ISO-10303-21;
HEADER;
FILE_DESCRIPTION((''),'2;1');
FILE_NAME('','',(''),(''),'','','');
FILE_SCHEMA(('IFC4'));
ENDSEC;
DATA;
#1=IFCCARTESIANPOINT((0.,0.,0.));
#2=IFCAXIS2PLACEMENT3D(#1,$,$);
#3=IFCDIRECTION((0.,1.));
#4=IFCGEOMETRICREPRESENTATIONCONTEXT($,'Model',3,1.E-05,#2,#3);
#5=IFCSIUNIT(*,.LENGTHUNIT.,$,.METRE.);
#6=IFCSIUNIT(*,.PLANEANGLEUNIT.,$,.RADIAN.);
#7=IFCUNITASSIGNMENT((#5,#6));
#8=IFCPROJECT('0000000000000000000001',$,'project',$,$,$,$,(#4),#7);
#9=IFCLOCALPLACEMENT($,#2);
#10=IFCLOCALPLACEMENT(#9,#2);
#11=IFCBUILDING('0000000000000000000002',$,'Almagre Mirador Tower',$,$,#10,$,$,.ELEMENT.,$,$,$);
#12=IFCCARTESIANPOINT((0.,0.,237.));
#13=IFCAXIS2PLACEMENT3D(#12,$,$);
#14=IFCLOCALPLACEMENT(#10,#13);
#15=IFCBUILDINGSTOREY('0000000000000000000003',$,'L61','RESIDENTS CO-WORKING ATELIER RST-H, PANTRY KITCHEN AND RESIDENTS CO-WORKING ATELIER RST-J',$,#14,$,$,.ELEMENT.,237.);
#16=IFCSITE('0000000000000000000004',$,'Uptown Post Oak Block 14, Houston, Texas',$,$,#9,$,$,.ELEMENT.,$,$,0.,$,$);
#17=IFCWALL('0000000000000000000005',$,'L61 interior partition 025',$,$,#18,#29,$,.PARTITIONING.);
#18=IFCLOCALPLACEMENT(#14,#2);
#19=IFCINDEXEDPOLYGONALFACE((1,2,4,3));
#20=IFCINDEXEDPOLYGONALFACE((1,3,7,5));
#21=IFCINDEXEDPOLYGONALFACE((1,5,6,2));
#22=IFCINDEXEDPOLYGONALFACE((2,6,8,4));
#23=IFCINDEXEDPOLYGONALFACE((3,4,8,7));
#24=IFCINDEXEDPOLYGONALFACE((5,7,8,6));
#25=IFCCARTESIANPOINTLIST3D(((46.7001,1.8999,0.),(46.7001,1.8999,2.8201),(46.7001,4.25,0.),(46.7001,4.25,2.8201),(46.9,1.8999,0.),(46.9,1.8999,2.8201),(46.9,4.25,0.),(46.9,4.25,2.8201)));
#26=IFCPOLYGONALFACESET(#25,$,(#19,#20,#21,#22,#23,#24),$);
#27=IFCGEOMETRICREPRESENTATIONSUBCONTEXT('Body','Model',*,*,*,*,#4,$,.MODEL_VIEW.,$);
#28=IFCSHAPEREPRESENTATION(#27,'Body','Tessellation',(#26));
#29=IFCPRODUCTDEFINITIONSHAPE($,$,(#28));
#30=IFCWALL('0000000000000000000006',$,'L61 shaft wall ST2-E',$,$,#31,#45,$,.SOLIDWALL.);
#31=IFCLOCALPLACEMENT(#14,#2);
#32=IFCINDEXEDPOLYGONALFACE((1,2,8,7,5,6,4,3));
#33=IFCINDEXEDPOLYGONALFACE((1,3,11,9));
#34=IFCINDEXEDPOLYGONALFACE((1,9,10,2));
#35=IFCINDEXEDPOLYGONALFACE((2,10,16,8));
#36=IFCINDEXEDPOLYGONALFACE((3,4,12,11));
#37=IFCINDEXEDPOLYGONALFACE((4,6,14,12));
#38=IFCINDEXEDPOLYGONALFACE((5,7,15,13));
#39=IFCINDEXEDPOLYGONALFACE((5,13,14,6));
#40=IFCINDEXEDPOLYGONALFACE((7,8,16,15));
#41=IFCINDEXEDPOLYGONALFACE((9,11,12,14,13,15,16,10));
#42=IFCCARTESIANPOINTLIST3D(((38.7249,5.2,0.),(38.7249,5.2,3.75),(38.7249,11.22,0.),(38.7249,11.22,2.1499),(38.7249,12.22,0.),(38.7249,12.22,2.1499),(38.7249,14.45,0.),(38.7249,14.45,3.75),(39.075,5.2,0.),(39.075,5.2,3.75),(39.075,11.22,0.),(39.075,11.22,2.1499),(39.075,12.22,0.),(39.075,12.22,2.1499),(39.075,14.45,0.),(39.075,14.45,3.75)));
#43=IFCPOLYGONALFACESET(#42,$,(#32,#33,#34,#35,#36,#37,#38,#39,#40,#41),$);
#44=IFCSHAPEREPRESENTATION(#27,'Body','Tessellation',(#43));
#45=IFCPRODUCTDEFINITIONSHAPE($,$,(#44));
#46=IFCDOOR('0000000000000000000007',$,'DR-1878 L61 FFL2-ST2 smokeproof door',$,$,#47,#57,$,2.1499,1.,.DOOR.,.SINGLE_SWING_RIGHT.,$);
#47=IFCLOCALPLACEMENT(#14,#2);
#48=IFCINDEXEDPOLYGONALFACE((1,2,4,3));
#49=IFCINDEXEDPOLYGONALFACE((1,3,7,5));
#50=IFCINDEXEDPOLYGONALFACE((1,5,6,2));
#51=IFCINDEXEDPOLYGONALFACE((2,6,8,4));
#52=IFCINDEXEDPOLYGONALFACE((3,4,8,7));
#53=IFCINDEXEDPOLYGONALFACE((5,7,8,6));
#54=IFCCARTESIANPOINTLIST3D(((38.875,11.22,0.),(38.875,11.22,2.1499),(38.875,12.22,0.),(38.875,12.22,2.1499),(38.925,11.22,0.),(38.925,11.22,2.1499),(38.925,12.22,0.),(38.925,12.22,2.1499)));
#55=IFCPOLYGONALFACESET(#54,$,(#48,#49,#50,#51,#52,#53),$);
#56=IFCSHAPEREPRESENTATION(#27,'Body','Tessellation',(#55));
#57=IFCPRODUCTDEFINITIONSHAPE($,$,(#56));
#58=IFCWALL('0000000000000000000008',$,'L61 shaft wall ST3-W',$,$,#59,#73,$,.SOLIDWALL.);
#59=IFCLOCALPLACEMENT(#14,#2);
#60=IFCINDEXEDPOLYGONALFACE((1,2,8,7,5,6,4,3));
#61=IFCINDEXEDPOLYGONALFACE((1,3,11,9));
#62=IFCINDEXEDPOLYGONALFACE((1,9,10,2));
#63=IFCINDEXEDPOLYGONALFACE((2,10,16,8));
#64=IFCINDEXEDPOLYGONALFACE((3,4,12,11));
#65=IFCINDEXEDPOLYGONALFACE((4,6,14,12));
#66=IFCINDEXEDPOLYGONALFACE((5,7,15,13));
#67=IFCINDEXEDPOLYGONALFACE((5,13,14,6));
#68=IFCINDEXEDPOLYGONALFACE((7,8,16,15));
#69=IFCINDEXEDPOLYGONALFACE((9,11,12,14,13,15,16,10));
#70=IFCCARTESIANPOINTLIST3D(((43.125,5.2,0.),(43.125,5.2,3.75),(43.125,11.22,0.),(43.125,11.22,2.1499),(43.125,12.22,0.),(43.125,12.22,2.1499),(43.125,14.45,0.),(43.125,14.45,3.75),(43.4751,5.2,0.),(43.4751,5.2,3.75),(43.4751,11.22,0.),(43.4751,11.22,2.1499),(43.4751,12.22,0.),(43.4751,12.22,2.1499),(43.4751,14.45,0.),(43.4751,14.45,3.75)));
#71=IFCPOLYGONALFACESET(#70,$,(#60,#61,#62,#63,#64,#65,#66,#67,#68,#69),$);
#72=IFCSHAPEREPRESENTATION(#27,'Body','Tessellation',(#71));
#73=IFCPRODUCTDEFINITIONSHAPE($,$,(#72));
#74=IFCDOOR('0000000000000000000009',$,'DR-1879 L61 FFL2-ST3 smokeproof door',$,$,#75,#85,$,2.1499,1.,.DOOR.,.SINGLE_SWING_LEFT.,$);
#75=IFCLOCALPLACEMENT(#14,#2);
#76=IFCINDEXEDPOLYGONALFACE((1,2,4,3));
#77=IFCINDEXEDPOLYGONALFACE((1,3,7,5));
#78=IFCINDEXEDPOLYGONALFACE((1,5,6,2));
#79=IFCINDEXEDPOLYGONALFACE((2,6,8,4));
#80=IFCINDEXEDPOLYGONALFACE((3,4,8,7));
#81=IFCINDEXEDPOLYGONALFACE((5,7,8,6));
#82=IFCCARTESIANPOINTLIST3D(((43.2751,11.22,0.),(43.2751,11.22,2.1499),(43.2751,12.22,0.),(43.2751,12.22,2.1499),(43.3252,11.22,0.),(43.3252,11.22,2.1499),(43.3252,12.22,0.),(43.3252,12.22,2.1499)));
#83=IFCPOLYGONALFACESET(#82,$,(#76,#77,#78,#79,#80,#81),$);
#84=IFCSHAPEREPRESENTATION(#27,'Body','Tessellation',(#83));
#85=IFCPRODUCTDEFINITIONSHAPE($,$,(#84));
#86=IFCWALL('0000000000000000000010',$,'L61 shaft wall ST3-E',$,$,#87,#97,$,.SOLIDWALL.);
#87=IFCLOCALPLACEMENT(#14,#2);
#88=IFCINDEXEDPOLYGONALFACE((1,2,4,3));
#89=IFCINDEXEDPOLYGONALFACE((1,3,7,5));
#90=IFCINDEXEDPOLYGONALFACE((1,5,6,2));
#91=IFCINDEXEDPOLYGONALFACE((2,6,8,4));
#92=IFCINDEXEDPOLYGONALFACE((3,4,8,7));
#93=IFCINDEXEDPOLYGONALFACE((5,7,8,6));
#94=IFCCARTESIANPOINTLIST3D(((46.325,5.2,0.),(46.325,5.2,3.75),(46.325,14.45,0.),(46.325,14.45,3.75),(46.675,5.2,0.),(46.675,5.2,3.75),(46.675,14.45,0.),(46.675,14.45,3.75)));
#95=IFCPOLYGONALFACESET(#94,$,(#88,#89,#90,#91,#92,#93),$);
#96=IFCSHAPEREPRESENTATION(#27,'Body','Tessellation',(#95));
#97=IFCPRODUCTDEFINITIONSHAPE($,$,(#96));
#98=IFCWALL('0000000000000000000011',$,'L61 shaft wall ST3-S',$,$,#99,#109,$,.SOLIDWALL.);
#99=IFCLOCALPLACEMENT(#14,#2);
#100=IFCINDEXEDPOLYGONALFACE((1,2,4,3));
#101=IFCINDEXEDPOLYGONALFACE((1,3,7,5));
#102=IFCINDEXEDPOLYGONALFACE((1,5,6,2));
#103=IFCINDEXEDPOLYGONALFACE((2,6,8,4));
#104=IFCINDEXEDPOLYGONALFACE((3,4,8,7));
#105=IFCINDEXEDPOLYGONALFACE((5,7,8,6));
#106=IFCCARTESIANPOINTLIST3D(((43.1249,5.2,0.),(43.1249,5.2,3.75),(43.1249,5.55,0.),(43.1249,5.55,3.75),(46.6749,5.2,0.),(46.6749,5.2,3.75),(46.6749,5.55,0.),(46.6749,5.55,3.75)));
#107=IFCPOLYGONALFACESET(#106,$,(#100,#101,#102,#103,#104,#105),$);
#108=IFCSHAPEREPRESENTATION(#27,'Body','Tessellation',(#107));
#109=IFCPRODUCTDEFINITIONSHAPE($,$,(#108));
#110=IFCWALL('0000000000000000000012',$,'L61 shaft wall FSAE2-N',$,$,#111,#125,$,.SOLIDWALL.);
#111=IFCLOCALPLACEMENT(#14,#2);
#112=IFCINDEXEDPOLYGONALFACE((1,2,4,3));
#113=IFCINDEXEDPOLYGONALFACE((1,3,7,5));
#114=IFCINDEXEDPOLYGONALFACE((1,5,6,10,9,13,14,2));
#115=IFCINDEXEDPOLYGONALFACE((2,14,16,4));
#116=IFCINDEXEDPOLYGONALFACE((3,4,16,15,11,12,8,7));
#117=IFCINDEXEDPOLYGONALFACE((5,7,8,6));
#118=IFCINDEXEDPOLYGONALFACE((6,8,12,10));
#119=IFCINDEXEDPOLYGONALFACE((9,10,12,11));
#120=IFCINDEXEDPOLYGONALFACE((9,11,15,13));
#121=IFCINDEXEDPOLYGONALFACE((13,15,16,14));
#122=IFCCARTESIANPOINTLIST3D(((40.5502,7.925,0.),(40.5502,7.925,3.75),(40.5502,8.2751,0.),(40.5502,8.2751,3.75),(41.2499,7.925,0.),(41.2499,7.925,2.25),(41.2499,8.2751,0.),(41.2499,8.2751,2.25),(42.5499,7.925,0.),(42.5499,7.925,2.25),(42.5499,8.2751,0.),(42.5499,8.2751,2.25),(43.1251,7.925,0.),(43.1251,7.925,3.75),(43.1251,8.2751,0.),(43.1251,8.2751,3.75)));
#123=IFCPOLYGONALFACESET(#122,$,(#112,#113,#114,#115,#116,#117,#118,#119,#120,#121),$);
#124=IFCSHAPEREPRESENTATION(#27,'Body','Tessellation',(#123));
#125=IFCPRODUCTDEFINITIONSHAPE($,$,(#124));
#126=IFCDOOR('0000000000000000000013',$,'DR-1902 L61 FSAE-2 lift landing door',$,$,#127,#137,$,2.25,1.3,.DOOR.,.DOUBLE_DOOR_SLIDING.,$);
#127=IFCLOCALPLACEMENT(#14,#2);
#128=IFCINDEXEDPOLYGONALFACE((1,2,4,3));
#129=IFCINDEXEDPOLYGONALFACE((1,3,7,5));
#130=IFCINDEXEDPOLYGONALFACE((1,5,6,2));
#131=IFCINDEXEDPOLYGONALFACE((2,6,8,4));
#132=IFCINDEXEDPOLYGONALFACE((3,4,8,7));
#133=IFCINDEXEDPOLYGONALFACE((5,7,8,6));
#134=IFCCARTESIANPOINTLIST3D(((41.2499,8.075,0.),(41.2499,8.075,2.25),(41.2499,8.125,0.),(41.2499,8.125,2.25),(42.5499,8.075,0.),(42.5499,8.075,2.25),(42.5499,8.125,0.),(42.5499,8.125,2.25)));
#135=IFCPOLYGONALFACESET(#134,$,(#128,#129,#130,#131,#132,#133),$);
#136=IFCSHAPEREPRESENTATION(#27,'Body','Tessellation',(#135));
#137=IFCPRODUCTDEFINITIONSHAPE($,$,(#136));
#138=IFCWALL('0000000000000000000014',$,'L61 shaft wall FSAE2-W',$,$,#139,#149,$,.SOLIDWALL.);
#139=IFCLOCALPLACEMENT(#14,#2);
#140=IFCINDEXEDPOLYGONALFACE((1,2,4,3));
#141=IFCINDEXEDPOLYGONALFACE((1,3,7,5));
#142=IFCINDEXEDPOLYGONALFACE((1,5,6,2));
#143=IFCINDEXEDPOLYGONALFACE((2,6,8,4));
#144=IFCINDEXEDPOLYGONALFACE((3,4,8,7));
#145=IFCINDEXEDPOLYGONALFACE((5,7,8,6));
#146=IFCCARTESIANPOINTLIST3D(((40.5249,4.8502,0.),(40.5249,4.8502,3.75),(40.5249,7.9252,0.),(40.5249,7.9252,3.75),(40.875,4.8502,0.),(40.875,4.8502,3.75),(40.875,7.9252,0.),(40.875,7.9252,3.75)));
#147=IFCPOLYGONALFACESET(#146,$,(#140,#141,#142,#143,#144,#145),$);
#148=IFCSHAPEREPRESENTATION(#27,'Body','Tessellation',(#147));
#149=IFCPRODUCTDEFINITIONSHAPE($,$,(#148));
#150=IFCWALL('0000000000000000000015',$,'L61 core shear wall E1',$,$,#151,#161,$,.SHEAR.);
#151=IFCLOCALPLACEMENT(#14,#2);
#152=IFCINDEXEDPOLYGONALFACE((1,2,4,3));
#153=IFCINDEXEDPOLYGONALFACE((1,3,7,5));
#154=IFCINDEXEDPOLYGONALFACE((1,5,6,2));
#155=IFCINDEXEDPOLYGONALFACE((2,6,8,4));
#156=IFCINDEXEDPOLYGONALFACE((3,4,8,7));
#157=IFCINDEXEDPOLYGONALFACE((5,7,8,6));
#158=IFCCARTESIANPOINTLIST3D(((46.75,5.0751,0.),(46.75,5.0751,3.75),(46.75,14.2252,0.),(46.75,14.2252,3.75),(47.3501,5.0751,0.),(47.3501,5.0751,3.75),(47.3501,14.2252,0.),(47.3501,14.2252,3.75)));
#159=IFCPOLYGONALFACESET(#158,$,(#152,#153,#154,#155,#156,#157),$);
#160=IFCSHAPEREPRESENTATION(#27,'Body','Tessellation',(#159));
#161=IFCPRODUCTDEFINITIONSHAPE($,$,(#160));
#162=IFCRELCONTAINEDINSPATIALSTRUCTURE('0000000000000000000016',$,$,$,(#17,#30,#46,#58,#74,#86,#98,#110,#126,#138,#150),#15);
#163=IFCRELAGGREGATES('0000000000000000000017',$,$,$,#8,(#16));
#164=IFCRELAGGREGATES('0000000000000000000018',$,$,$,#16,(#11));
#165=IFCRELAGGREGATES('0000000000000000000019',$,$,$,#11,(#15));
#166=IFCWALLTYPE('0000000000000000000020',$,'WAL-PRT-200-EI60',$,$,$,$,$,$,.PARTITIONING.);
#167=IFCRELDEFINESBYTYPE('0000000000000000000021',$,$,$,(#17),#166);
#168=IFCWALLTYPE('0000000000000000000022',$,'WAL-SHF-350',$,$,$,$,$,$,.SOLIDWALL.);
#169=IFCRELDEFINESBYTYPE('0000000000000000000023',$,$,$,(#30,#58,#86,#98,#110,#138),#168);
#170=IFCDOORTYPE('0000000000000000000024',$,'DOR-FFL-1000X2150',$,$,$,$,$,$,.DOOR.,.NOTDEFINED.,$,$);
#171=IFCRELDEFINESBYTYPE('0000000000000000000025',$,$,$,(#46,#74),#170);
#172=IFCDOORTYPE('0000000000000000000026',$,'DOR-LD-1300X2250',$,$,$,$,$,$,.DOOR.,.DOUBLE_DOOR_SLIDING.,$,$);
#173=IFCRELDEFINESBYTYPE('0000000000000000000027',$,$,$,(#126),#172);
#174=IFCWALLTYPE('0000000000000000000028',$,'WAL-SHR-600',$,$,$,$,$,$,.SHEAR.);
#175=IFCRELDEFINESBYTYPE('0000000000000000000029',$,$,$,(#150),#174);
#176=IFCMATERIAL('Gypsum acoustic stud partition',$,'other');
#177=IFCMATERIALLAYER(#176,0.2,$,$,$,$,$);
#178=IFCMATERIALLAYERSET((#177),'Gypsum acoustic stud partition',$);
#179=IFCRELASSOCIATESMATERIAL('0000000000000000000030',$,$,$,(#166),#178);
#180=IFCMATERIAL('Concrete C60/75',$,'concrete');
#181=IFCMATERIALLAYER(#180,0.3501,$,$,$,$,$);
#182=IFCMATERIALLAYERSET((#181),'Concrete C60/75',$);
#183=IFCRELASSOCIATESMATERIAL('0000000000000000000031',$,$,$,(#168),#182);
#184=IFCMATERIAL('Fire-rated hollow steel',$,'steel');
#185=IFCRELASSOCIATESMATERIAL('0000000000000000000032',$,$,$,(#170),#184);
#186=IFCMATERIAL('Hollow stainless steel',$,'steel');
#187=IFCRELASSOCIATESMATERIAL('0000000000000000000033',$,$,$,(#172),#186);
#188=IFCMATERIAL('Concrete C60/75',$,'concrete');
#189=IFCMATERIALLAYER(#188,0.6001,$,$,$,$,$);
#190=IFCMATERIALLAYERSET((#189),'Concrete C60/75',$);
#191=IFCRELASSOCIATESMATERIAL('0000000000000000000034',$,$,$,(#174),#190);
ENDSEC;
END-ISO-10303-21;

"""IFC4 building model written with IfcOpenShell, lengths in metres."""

from ifc_helpers import new_model, si_unit, direction, frame, frame_2d, origin, place, context, subcontext, project, spatial, rectangle, extrude, material, layer, layer_set, type_object, element, fill, save


model = new_model("IFC4")

# Units and contexts
model_context = context("Model", 3, precision=1e-05, world=origin(), true_north=direction((0.0, 1.0)))
body_context = subcontext(model_context, "Body", "Model", "MODEL_VIEW")
ifc_project = project(units=[si_unit("LENGTHUNIT", "METRE"), si_unit("PLANEANGLEUNIT", "RADIAN")], contexts=[model_context])

# Site, building, storey
site_placement = place(None, origin())
site = spatial("IfcSite", under=ifc_project, at=site_placement, Name="Uptown Post Oak Block 14, Houston, Texas", CompositionType="ELEMENT", RefElevation=0.0)
building_placement = place(site_placement, origin())
building = spatial("IfcBuilding", under=site, at=building_placement, Name="Almagre Mirador Tower", CompositionType="ELEMENT")
storey_placement = place(building_placement, frame((0.0, 0.0, 237.0)))
storey = spatial("IfcBuildingStorey", under=building, at=storey_placement, Name="L61", Description="RESIDENTS CO-WORKING ATELIER RST-H, PANTRY KITCHEN AND RESIDENTS CO-WORKING ATELIER RST-J", CompositionType="ELEMENT", Elevation=237.0)

# Wall
ifc_material_1 = material(Name="Gypsum acoustic stud partition", Category="other")
ifc_layer_1 = layer(ifc_material_1, 0.2)
ifc_layer_set_1 = layer_set([ifc_layer_1], Name="Gypsum acoustic stud partition")
wall_type_1 = type_object("IfcWallType", Name="WAL-PRT-200-EI60", PredefinedType="PARTITIONING", material=ifc_layer_set_1)
wall_1_placement = place(storey_placement, frame((46.8, 1.8999, 0.0), z_axis=(0.0, 0.0, 1.0), x_axis=(0.0, 1.0, 0.0)))
element("IfcWall", 1, at=wall_1_placement, inside=storey, type_object=wall_type_1, Name="L61 interior partition 025", PredefinedType="PARTITIONING", context=body_context, shape_type="SweptSolid", body=[
    extrude(rectangle(XDim=2.3501, YDim=0.2, at=frame_2d((1.175, 0.0))), origin(), (0.0, 0.0, 1.0), 2.8201),
])

# Walls, openings, doors
ifc_material_2 = material(Name="Concrete C60/75", Category="concrete")
ifc_layer_2 = layer(ifc_material_2, 0.3501)
ifc_layer_set_2 = layer_set([ifc_layer_2], Name="Concrete C60/75")
wall_type_2 = type_object("IfcWallType", Name="WAL-SHF-350", PredefinedType="SOLIDWALL", material=ifc_layer_set_2)
wall_2_placement = place(storey_placement, frame((38.8999, 5.2, 0.0), z_axis=(0.0, 0.0, 1.0), x_axis=(0.0, 1.0, 0.0)))
wall_2 = element("IfcWall", 2, at=wall_2_placement, inside=storey, type_object=wall_type_2, Name="L61 shaft wall ST2-E", PredefinedType="SOLIDWALL", context=body_context, shape_type="SweptSolid", body=[
    extrude(rectangle(XDim=9.25, YDim=0.3501, at=frame_2d((4.625, 0.0))), origin(), (0.0, 0.0, 1.0), 3.75),
])
opening_1_placement = place(wall_2_placement, frame((6.02, 0.0, 0.0)))
opening_1 = element("IfcOpeningElement", 3, at=opening_1_placement, cuts=wall_2, PredefinedType="OPENING", context=body_context, shape_type="SweptSolid", body=[
    extrude(rectangle(XDim=1.0, YDim=2.1499, at=frame_2d((0.5, 1.075))), frame((0.0, 0.185, 0.0), z_axis=(0.0, -1.0, 0.0), x_axis=(1.0, 0.0, 0.0)), (0.0, 0.0, 1.0), 0.3701),
])
ifc_material_3 = material(Name="Fire-rated hollow steel", Category="steel")
door_type_1 = type_object("IfcDoorType", Name="DOR-FFL-1000X2150", OperationType="NOTDEFINED", PredefinedType="DOOR", material=ifc_material_3)
door_1_placement = place(opening_1_placement, origin())
door_1 = element("IfcDoor", 4, at=door_1_placement, inside=storey, type_object=door_type_1, Name="DR-1878 L61 FFL2-ST2 smokeproof door", OperationType="SINGLE_SWING_RIGHT", OverallHeight=2.1499, OverallWidth=1.0, PredefinedType="DOOR", context=body_context, shape_type="SweptSolid", body=[
    extrude(rectangle(XDim=1.0, YDim=2.1499, at=frame_2d((0.5, 1.075))), frame((0.0, 0.0249, 0.0), z_axis=(0.0, -1.0, 0.0), x_axis=(1.0, 0.0, 0.0)), (0.0, 0.0, 1.0), 0.05),
])
fill(opening_1, door_1)
wall_3_placement = place(storey_placement, frame((43.3, 5.2, 0.0), z_axis=(0.0, 0.0, 1.0), x_axis=(0.0, 1.0, 0.0)))
wall_3 = element("IfcWall", 5, at=wall_3_placement, inside=storey, type_object=wall_type_2, Name="L61 shaft wall ST3-W", PredefinedType="SOLIDWALL", context=body_context, shape_type="SweptSolid", body=[
    extrude(rectangle(XDim=9.25, YDim=0.3501, at=frame_2d((4.625, 0.0))), origin(), (0.0, 0.0, 1.0), 3.75),
])
opening_2_placement = place(wall_3_placement, frame((6.02, 0.0, 0.0)))
opening_2 = element("IfcOpeningElement", 6, at=opening_2_placement, cuts=wall_3, PredefinedType="OPENING", context=body_context, shape_type="SweptSolid", body=[
    extrude(rectangle(XDim=1.0, YDim=2.1499, at=frame_2d((0.5, 1.075))), frame((0.0, 0.185, 0.0), z_axis=(0.0, -1.0, 0.0), x_axis=(1.0, 0.0, 0.0)), (0.0, 0.0, 1.0), 0.3701),
])
door_2_placement = place(opening_2_placement, origin())
door_2 = element("IfcDoor", 7, at=door_2_placement, inside=storey, type_object=door_type_1, Name="DR-1879 L61 FFL2-ST3 smokeproof door", OperationType="SINGLE_SWING_LEFT", OverallHeight=2.1499, OverallWidth=1.0, PredefinedType="DOOR", context=body_context, shape_type="SweptSolid", body=[
    extrude(rectangle(XDim=1.0, YDim=2.1499, at=frame_2d((0.5, 1.075))), frame((0.0, 0.0249, 0.0), z_axis=(0.0, -1.0, 0.0), x_axis=(1.0, 0.0, 0.0)), (0.0, 0.0, 1.0), 0.05),
])
fill(opening_2, door_2)

# Walls
wall_4_placement = place(storey_placement, frame((46.5, 5.2, 0.0), z_axis=(0.0, 0.0, 1.0), x_axis=(0.0, 1.0, 0.0)))
element("IfcWall", 8, at=wall_4_placement, inside=storey, type_object=wall_type_2, Name="L61 shaft wall ST3-E", PredefinedType="SOLIDWALL", context=body_context, shape_type="SweptSolid", body=[
    extrude(rectangle(XDim=9.25, YDim=0.3501, at=frame_2d((4.625, 0.0))), origin(), (0.0, 0.0, 1.0), 3.75),
])
wall_5_placement = place(storey_placement, frame((43.125, 5.375, 0.0), z_axis=(0.0, 0.0, 1.0), x_axis=(1.0, 0.0, 0.0)))
element("IfcWall", 9, at=wall_5_placement, inside=storey, type_object=wall_type_2, Name="L61 shaft wall ST3-S", PredefinedType="SOLIDWALL", context=body_context, shape_type="SweptSolid", body=[
    extrude(rectangle(XDim=3.55, YDim=0.3501, at=frame_2d((1.7749, 0.0))), origin(), (0.0, 0.0, 1.0), 3.75),
])

# Wall, opening, door
wall_6_placement = place(storey_placement, frame((40.55, 8.1001, 0.0), z_axis=(0.0, 0.0, 1.0), x_axis=(1.0, 0.0, 0.0)))
wall_6 = element("IfcWall", 10, at=wall_6_placement, inside=storey, type_object=wall_type_2, Name="L61 shaft wall FSAE2-N", PredefinedType="SOLIDWALL", context=body_context, shape_type="SweptSolid", body=[
    extrude(rectangle(XDim=2.575, YDim=0.3501, at=frame_2d((1.2876, 0.0))), origin(), (0.0, 0.0, 1.0), 3.75),
])
opening_3_placement = place(wall_6_placement, frame((0.7, 0.0, 0.0)))
opening_3 = element("IfcOpeningElement", 11, at=opening_3_placement, cuts=wall_6, PredefinedType="OPENING", context=body_context, shape_type="SweptSolid", body=[
    extrude(rectangle(XDim=1.3, YDim=2.25, at=frame_2d((0.6499, 1.125))), frame((0.0, 0.185, 0.0), z_axis=(0.0, -1.0, 0.0), x_axis=(1.0, 0.0, 0.0)), (0.0, 0.0, 1.0), 0.3701),
])
ifc_material_4 = material(Name="Hollow stainless steel", Category="steel")
door_type_2 = type_object("IfcDoorType", Name="DOR-LD-1300X2250", OperationType="DOUBLE_DOOR_SLIDING", PredefinedType="DOOR", material=ifc_material_4)
door_3_placement = place(opening_3_placement, origin())
door_3 = element("IfcDoor", 12, at=door_3_placement, inside=storey, type_object=door_type_2, Name="DR-1902 L61 FSAE-2 lift landing door", OperationType="DOUBLE_DOOR_SLIDING", OverallHeight=2.25, OverallWidth=1.3, PredefinedType="DOOR", context=body_context, shape_type="SweptSolid", body=[
    extrude(rectangle(XDim=1.3, YDim=2.25, at=frame_2d((0.6499, 1.125))), frame((0.0, 0.0249, 0.0), z_axis=(0.0, -1.0, 0.0), x_axis=(1.0, 0.0, 0.0)), (0.0, 0.0, 1.0), 0.05),
])
fill(opening_3, door_3)

# Walls
wall_7_placement = place(storey_placement, frame((40.7, 4.8501, 0.0), z_axis=(0.0, 0.0, 1.0), x_axis=(0.0, 1.0, 0.0)))
element("IfcWall", 13, at=wall_7_placement, inside=storey, type_object=wall_type_2, Name="L61 shaft wall FSAE2-W", PredefinedType="SOLIDWALL", context=body_context, shape_type="SweptSolid", body=[
    extrude(rectangle(XDim=3.075, YDim=0.3501, at=frame_2d((1.5376, 0.0))), origin(), (0.0, 0.0, 1.0), 3.75),
])
ifc_material_5 = material(Name="Concrete C60/75", Category="concrete")
ifc_layer_3 = layer(ifc_material_5, 0.6001)
ifc_layer_set_3 = layer_set([ifc_layer_3], Name="Concrete C60/75")
wall_type_3 = type_object("IfcWallType", Name="WAL-SHR-600", PredefinedType="SHEAR", material=ifc_layer_set_3)
wall_8_placement = place(storey_placement, frame((47.05, 5.075, 0.0), z_axis=(0.0, 0.0, 1.0), x_axis=(0.0, 1.0, 0.0)))
element("IfcWall", 14, at=wall_8_placement, inside=storey, type_object=wall_type_3, Name="L61 core shear wall E1", PredefinedType="SHEAR", context=body_context, shape_type="SweptSolid", body=[
    extrude(rectangle(XDim=9.1501, YDim=0.6001, at=frame_2d((4.5752, 0.0))), origin(), (0.0, 0.0, 1.0), 3.75),
])

save(model, "model.ifc")
